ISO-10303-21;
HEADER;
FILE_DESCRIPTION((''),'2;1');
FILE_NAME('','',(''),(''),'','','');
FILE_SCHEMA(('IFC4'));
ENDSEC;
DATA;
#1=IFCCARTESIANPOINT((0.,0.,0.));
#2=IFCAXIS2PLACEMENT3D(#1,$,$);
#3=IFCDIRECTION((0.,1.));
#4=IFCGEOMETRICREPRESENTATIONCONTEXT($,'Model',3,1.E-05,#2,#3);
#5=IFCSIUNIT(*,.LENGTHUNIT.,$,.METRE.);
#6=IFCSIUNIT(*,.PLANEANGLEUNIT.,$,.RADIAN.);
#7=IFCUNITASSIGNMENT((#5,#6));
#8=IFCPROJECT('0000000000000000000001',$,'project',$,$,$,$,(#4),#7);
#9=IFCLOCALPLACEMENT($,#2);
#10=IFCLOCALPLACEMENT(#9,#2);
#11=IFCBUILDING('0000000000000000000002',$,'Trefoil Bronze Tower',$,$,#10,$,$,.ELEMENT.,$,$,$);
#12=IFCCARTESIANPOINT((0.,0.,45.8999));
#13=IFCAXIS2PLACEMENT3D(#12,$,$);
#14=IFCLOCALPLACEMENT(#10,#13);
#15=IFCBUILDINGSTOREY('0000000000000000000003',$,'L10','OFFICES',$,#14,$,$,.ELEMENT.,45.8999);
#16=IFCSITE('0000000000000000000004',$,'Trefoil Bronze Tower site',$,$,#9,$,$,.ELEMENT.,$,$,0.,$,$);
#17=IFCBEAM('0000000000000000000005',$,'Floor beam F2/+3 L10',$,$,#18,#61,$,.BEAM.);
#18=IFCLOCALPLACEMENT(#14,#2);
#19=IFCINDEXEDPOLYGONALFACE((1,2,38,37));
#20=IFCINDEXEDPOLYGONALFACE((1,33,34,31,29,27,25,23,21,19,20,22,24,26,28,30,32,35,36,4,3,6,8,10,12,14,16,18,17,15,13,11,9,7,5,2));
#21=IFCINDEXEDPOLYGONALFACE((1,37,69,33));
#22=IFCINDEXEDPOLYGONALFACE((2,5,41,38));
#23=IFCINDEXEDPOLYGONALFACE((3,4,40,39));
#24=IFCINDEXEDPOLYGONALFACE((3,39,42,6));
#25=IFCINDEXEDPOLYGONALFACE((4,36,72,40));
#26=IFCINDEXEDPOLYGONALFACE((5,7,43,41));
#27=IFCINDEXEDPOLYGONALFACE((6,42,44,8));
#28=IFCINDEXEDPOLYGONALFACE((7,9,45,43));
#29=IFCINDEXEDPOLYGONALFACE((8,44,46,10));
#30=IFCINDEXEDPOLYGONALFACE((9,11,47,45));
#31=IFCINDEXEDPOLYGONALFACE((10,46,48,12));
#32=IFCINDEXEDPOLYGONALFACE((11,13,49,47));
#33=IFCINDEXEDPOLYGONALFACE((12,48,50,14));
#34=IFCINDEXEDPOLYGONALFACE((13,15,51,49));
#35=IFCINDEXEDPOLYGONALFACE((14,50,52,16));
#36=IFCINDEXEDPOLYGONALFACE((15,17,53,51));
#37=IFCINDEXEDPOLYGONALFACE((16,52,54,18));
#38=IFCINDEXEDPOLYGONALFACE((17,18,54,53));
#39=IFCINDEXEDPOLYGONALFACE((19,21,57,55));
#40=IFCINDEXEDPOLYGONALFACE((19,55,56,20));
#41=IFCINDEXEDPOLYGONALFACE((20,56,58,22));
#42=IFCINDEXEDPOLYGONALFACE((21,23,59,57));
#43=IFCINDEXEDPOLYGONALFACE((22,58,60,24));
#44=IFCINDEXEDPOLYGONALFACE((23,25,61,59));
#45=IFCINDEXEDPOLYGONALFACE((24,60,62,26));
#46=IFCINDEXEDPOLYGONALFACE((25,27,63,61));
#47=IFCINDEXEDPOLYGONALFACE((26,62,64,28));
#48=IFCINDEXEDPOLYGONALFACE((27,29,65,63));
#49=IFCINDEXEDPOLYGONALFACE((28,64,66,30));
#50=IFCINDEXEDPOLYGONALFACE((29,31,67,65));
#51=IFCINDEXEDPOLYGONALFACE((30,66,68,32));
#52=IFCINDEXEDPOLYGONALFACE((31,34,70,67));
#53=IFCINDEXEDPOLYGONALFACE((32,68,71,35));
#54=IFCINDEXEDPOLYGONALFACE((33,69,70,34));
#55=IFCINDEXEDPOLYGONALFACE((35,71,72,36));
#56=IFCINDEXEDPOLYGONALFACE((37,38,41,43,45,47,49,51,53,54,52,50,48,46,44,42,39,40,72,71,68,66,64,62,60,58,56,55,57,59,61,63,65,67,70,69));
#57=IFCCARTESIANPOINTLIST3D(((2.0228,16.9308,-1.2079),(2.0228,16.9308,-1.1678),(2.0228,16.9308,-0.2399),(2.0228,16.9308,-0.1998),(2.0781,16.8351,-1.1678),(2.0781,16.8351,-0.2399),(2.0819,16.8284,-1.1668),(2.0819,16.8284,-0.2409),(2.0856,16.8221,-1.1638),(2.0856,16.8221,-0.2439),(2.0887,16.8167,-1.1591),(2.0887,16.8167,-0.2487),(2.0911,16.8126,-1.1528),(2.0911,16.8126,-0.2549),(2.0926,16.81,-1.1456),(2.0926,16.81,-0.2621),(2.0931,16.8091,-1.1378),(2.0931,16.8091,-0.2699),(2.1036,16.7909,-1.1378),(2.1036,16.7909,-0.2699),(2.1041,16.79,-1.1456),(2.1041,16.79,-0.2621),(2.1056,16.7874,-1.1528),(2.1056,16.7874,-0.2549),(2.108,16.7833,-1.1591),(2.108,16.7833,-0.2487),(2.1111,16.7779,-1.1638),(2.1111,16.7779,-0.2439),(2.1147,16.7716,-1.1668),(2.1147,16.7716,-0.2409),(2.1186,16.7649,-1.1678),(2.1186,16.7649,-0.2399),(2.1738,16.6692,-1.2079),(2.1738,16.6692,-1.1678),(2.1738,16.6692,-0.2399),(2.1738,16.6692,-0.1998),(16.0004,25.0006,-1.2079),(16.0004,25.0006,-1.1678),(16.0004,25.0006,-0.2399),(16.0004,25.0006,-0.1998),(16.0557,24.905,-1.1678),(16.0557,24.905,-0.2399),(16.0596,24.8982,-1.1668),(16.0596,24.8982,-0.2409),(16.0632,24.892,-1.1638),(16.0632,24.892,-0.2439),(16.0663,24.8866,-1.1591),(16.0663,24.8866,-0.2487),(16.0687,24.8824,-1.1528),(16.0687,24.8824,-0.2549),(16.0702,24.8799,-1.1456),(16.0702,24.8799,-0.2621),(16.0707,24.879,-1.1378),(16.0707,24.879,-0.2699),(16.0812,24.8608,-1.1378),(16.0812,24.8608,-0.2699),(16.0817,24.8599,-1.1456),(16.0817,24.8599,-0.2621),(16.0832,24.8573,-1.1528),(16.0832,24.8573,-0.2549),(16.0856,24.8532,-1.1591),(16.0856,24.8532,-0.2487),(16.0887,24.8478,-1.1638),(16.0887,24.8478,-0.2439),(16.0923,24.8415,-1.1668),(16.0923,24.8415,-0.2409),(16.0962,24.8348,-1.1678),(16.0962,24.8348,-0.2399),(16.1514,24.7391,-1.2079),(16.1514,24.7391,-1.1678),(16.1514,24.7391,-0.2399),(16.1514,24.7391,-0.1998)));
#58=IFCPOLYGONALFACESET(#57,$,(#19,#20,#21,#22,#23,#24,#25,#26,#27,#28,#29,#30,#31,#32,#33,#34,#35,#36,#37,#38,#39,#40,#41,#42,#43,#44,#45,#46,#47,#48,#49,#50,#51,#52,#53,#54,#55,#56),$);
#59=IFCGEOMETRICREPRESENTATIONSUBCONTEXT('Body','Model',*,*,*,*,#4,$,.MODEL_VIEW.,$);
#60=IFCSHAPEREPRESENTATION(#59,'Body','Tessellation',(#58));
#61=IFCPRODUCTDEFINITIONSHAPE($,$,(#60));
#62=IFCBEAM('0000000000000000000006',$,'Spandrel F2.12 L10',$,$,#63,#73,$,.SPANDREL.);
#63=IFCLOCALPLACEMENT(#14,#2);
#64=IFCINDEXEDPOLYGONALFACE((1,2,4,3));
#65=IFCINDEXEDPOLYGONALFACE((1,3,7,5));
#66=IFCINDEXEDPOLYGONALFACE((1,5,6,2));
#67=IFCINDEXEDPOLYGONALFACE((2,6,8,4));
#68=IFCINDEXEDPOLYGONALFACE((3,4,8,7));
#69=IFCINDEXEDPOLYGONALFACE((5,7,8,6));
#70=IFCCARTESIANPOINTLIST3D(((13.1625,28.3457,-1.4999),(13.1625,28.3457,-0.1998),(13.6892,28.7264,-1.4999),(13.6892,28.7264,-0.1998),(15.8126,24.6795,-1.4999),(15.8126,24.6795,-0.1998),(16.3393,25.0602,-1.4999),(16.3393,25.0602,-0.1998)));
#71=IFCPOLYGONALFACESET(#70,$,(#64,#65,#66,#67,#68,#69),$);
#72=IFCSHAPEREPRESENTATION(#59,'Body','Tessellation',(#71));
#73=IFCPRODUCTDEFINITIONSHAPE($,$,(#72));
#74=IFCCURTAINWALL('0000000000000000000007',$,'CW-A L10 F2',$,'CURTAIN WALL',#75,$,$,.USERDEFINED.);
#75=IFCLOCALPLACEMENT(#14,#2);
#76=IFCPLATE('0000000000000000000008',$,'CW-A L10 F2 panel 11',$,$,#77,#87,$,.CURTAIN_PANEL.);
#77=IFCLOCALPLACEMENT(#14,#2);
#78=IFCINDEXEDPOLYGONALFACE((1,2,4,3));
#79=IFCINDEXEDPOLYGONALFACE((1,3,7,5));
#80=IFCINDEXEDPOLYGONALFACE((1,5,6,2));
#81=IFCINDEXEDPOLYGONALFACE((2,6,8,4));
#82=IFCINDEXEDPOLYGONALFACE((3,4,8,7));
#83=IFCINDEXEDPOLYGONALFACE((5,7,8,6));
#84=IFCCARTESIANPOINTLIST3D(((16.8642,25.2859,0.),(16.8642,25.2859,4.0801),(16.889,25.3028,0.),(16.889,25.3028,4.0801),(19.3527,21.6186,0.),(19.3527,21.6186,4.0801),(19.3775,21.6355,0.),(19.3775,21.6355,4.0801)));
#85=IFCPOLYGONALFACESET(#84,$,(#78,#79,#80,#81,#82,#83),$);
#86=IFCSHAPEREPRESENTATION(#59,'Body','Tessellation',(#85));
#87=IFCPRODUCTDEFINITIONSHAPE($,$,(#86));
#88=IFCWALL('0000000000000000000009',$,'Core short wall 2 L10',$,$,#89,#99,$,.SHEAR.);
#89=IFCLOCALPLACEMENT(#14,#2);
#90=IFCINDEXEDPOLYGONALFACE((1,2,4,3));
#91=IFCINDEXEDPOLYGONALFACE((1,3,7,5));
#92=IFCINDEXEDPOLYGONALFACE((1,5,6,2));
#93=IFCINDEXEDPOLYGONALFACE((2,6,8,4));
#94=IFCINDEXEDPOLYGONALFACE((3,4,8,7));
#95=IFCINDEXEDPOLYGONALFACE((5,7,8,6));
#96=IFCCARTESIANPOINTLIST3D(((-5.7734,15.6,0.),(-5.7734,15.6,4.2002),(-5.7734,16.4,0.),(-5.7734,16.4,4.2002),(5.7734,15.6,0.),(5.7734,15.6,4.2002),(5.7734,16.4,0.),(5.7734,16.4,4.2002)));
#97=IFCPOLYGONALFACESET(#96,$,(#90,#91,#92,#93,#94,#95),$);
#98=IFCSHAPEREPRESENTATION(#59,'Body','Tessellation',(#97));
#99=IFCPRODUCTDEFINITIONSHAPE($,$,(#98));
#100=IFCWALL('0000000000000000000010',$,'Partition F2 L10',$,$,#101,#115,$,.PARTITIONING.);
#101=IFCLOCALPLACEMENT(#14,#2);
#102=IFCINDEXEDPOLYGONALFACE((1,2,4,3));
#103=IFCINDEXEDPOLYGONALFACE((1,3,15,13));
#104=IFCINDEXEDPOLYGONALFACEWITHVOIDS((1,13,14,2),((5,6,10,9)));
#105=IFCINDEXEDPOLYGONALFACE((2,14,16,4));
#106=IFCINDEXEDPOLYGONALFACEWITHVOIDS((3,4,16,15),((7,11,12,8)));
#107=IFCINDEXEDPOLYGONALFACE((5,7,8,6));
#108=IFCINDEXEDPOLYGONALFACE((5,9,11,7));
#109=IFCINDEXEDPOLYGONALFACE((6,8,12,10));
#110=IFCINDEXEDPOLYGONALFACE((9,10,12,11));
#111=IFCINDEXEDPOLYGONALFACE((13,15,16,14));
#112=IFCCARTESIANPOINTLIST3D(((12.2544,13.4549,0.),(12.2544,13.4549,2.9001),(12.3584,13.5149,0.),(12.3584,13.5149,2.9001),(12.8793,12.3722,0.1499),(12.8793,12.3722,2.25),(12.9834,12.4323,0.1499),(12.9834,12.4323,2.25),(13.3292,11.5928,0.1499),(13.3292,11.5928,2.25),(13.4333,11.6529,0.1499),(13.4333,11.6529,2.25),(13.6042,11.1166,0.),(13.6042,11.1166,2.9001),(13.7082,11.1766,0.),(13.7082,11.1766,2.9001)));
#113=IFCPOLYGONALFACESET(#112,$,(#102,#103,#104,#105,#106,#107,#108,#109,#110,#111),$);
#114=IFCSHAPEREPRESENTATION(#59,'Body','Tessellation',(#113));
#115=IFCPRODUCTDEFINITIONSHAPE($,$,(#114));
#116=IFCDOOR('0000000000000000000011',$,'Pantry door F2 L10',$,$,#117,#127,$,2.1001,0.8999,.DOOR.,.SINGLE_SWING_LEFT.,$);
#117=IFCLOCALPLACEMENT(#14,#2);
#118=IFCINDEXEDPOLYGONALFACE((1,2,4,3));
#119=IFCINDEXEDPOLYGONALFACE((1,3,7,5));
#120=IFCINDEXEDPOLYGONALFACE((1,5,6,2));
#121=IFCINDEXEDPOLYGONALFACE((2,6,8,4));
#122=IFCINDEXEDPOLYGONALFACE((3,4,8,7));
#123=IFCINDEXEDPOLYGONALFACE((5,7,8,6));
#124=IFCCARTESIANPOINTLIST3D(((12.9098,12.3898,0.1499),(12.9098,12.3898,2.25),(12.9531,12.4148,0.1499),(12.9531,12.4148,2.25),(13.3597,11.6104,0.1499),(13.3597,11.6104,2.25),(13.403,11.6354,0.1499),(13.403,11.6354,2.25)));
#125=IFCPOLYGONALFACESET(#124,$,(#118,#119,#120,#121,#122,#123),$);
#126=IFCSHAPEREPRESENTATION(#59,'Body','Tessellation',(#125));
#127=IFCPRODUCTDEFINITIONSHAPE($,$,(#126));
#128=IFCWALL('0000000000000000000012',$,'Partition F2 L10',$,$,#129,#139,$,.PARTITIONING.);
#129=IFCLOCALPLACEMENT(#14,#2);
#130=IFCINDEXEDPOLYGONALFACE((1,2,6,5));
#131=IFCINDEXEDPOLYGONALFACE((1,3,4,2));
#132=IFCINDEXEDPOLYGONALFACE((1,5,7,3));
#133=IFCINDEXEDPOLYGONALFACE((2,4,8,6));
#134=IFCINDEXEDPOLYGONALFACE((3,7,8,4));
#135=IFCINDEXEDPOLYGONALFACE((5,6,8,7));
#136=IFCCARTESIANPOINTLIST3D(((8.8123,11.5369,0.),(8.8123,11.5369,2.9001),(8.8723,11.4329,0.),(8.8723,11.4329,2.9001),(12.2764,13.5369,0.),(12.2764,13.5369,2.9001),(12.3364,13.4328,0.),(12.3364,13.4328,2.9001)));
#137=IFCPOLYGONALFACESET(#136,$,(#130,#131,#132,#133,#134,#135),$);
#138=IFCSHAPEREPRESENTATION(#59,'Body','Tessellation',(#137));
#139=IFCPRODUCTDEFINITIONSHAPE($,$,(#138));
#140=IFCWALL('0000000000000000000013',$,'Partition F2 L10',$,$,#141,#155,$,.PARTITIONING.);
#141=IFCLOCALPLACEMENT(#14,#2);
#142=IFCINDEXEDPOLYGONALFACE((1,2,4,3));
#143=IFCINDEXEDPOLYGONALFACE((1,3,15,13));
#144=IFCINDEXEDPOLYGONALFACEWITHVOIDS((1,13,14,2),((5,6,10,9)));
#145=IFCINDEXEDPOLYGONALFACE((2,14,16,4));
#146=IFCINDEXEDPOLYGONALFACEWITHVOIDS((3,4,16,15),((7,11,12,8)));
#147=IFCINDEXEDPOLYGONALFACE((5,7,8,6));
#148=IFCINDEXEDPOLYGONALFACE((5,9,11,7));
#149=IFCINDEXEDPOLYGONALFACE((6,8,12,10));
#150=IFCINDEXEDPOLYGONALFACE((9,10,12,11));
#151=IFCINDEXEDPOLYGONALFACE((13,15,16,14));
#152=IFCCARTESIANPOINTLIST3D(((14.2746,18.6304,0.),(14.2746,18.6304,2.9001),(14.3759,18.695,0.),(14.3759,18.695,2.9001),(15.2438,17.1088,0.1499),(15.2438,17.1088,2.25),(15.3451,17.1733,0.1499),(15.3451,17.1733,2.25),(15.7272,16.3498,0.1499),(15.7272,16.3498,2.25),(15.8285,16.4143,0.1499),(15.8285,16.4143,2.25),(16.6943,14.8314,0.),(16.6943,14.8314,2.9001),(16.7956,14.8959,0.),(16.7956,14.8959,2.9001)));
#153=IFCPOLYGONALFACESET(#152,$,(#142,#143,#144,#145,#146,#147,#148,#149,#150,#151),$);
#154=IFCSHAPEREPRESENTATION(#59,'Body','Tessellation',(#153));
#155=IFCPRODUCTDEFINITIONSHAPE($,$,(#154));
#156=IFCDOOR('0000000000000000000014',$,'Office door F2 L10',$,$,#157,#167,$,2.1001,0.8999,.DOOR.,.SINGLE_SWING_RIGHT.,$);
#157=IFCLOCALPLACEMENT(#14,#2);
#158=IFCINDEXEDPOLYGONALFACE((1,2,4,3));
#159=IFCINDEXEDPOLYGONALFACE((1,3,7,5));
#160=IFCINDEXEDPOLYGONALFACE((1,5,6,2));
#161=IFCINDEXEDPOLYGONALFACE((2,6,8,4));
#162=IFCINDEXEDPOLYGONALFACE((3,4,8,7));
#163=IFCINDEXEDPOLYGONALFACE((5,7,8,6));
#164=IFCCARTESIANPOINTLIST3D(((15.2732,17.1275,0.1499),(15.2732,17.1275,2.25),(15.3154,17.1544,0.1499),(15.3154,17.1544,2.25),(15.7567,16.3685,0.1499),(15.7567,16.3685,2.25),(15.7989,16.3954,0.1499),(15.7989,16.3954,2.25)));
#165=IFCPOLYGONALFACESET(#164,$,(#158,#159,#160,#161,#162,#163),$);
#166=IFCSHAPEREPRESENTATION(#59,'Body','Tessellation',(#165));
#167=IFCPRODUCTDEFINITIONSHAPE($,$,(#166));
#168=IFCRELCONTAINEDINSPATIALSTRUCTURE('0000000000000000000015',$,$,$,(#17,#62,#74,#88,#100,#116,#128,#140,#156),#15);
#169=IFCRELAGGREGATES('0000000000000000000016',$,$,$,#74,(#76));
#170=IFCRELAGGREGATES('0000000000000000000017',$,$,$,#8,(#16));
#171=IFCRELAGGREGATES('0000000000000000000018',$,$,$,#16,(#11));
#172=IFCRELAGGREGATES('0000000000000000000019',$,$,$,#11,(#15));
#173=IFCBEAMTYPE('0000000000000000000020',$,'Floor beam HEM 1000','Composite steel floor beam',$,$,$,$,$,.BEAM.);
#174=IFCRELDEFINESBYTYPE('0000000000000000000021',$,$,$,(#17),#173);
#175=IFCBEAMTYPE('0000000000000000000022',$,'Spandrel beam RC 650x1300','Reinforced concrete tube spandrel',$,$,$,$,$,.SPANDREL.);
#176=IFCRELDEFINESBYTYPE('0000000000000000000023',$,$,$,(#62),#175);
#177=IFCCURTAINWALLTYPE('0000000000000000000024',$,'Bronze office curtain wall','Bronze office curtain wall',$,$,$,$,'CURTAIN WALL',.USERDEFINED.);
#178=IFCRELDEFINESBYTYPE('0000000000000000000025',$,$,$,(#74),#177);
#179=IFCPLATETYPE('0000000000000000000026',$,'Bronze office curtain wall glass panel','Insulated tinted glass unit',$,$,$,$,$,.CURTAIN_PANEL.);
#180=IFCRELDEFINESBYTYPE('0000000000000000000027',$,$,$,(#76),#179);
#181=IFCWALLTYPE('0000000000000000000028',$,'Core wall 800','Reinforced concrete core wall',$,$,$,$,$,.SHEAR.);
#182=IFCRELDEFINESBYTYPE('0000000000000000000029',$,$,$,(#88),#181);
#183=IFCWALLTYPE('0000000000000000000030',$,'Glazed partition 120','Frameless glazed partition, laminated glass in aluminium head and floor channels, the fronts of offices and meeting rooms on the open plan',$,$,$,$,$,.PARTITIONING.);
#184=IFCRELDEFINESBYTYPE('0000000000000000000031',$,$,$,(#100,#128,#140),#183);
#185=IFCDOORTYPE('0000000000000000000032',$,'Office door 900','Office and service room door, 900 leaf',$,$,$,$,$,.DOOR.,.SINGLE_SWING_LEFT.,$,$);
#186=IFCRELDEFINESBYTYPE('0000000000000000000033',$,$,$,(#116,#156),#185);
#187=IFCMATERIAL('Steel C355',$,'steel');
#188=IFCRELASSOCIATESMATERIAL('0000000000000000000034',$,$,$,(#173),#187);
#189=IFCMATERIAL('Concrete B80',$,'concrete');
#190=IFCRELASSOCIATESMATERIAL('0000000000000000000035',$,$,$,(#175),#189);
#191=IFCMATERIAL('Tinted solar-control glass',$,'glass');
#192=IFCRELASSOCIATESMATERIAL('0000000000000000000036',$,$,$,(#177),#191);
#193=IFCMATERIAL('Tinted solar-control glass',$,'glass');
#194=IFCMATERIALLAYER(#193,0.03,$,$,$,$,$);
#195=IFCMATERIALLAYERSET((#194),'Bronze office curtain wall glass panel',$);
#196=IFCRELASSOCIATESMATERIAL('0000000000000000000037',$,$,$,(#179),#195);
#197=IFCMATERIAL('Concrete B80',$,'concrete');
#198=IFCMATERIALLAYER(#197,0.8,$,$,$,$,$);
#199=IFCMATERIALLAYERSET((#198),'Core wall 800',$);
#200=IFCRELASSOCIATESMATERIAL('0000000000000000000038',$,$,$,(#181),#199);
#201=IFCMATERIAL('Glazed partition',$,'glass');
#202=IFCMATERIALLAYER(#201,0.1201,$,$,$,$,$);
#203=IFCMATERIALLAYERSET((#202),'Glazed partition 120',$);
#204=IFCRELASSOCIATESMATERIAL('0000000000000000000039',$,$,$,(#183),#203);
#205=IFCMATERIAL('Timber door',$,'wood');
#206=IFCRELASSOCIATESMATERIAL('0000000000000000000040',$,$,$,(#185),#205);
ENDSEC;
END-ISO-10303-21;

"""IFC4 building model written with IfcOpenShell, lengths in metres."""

from ifc_helpers import new_model, si_unit, direction, frame, frame_2d, origin, origin_2d, place, context, subcontext, project, spatial, rectangle, i_section, extrude, material, layer, layer_set, material_profile, profile_set, type_object, element, fill, aggregate, save


model = new_model("IFC4")

# Units and contexts
model_context = context("Model", 3, precision=1e-05, world=origin(), true_north=direction((0.0, 1.0)))
body_context = subcontext(model_context, "Body", "Model", "MODEL_VIEW")
ifc_project = project(units=[si_unit("LENGTHUNIT", "METRE"), si_unit("PLANEANGLEUNIT", "RADIAN")], contexts=[model_context])

# Site, building, storey
site_placement = place(None, origin())
site = spatial("IfcSite", under=ifc_project, at=site_placement, Name="Trefoil Bronze Tower site", CompositionType="ELEMENT", RefElevation=0.0)
building_placement = place(site_placement, origin())
building = spatial("IfcBuilding", under=site, at=building_placement, Name="Trefoil Bronze Tower", CompositionType="ELEMENT")
storey_placement = place(building_placement, frame((0.0, 0.0, 45.8999)))
storey = spatial("IfcBuildingStorey", under=building, at=storey_placement, Name="L10", Description="OFFICES", CompositionType="ELEMENT", Elevation=45.8999)

# Beams
ifc_material_1 = material(Name="Steel C355", Category="steel")
ifc_material_profile_1 = material_profile(ifc_material_1, i_section(OverallWidth=0.302, OverallDepth=1.0081, WebThickness=0.021, FlangeThickness=0.04, FilletRadius=0.03, at=origin_2d()), Name="HEM 1000")
ifc_profile_set_1 = profile_set([ifc_material_profile_1], Name="Steel C355")
beam_type_1 = type_object("IfcBeamType", Name="Floor beam HEM 1000", Description="Composite steel floor beam", PredefinedType="BEAM", material=ifc_profile_set_1)
beam_1_placement = place(storey_placement, frame((16.0759, 24.8699, -0.7039), z_axis=(-0.866028, -0.499995, 0.0), x_axis=(0.499995, -0.866028, 0.0)))
element("IfcBeam", 1, at=beam_1_placement, inside=storey, type_object=beam_type_1, Name="Floor beam F2/+3 L10", PredefinedType="BEAM", context=body_context, shape_type="SweptSolid", body=[
    extrude(i_section(OverallWidth=0.302, OverallDepth=1.0081, WebThickness=0.021, FlangeThickness=0.04, FilletRadius=0.03, at=origin_2d()), origin(), (0.0, 0.0, 1.0), 16.1399),
])
ifc_material_2 = material(Name="Concrete B80", Category="concrete")
ifc_material_profile_2 = material_profile(ifc_material_2, rectangle(XDim=0.6499, YDim=1.3, at=origin_2d()), Name="RC 650x1300")
ifc_profile_set_2 = profile_set([ifc_material_profile_2], Name="Concrete B80")
beam_type_2 = type_object("IfcBeamType", Name="Spandrel beam RC 650x1300", Description="Reinforced concrete tube spandrel", PredefinedType="SPANDREL", material=ifc_profile_set_2)
beam_2_placement = place(storey_placement, frame((16.0759, 24.8699, -0.8499), z_axis=(-0.585824, 0.810439, 0.0), x_axis=(-0.810439, -0.585824, 0.0)))
element("IfcBeam", 2, at=beam_2_placement, inside=storey, type_object=beam_type_2, Name="Spandrel F2.12 L10", PredefinedType="SPANDREL", context=body_context, shape_type="SweptSolid", body=[
    extrude(rectangle(XDim=0.6499, YDim=1.3, at=origin_2d()), origin(), (0.0, 0.0, 1.0), 4.5237),
])

# Curtain wall, plate
ifc_material_3 = material(Name="Tinted solar-control glass", Category="glass")
curtain_wall_type = type_object("IfcCurtainWallType", Name="Bronze office curtain wall", Description="Bronze office curtain wall", ElementType="CURTAIN WALL", PredefinedType="USERDEFINED", material=ifc_material_3)
curtain_wall_placement = place(storey_placement, origin())
curtain_wall = element("IfcCurtainWall", 3, at=curtain_wall_placement, inside=storey, type_object=curtain_wall_type, Name="CW-A L10 F2", ObjectType="CURTAIN WALL", PredefinedType="USERDEFINED")
ifc_material_4 = material(Name="Tinted solar-control glass", Category="glass")
ifc_layer_1 = layer(ifc_material_4, 0.03)
ifc_layer_set_1 = layer_set([ifc_layer_1], Name="Bronze office curtain wall glass panel")
plate_type = type_object("IfcPlateType", Name="Bronze office curtain wall glass panel", Description="Insulated tinted glass unit", PredefinedType="CURTAIN_PANEL", material=ifc_layer_set_1)
plate_placement = place(storey_placement, frame((18.1208, 23.4607, 0.0), z_axis=(0.0, 0.0, 1.0), x_axis=(-0.56151, 0.82747, 0.0)))
plate = element("IfcPlate", 4, at=plate_placement, type_object=plate_type, Name="CW-A L10 F2 panel 11", PredefinedType="CURTAIN_PANEL", context=body_context, shape_type="SweptSolid", body=[
    extrude(rectangle(XDim=4.4319, YDim=0.03, at=origin_2d()), origin(), (0.0, 0.0, 1.0), 4.0801),
])
aggregate(curtain_wall, [plate])

# Wall
ifc_material_5 = material(Name="Concrete B80", Category="concrete")
ifc_layer_2 = layer(ifc_material_5, 0.8)
ifc_layer_set_2 = layer_set([ifc_layer_2], Name="Core wall 800")
wall_type_1 = type_object("IfcWallType", Name="Core wall 800", Description="Reinforced concrete core wall", PredefinedType="SHEAR", material=ifc_layer_set_2)
wall_1_placement = place(storey_placement, frame((5.7734, 16.0, 0.0), z_axis=(0.0, 0.0, 1.0), x_axis=(-1.0, 0.0, 0.0)))
element("IfcWall", 5, at=wall_1_placement, inside=storey, type_object=wall_type_1, Name="Core short wall 2 L10", PredefinedType="SHEAR", context=body_context, shape_type="SweptSolid", body=[
    extrude(rectangle(XDim=11.5469, YDim=0.8, at=frame_2d((5.7734, 0.0))), origin(), (0.0, 0.0, 1.0), 4.2002),
])

# Wall, opening, door
ifc_material_6 = material(Name="Glazed partition", Category="glass")
ifc_layer_3 = layer(ifc_material_6, 0.1201)
ifc_layer_set_3 = layer_set([ifc_layer_3], Name="Glazed partition 120")
wall_type_2 = type_object("IfcWallType", Name="Glazed partition 120", Description="Frameless glazed partition, laminated glass in aluminium head and floor channels, the fronts of offices and meeting rooms on the open plan", PredefinedType="PARTITIONING", material=ifc_layer_set_3)
wall_2_placement = place(storey_placement, frame((13.6562, 11.1465, 0.0), z_axis=(0.0, 0.0, 1.0), x_axis=(-0.499942, 0.866059, 0.0)))
wall_2 = element("IfcWall", 6, at=wall_2_placement, inside=storey, type_object=wall_type_2, Name="Partition F2 L10", PredefinedType="PARTITIONING", context=body_context, shape_type="SweptSolid", body=[
    extrude(rectangle(XDim=2.7, YDim=0.1201, at=frame_2d((1.3501, 0.0))), origin(), (0.0, 0.0, 1.0), 2.9001),
])
opening_1_placement = place(wall_2_placement, frame((0.55, 0.0, 0.1499)))
opening_1 = element("IfcOpeningElement", 7, at=opening_1_placement, cuts=wall_2, PredefinedType="OPENING", context=body_context, shape_type="SweptSolid", body=[
    extrude(rectangle(XDim=0.8999, YDim=2.1001, at=frame_2d((0.45, 1.05))), frame((0.0, 0.0701, 0.0), z_axis=(0.0, -1.0, 0.0), x_axis=(1.0, 0.0, 0.0)), (0.0, 0.0, 1.0), 0.1401),
])
ifc_material_7 = material(Name="Timber door", Category="wood")
door_type = type_object("IfcDoorType", Name="Office door 900", Description="Office and service room door, 900 leaf", OperationType="SINGLE_SWING_LEFT", PredefinedType="DOOR", material=ifc_material_7)
door_1_placement = place(opening_1_placement, origin())
door_1 = element("IfcDoor", 8, at=door_1_placement, inside=storey, type_object=door_type, Name="Pantry door F2 L10", OperationType="SINGLE_SWING_LEFT", OverallHeight=2.1001, OverallWidth=0.8999, PredefinedType="DOOR", context=body_context, shape_type="SweptSolid", body=[
    extrude(rectangle(XDim=0.8999, YDim=2.1001, at=frame_2d((0.45, 1.05))), frame((0.0, 0.0249, 0.0), z_axis=(0.0, -1.0, 0.0), x_axis=(1.0, 0.0, 0.0)), (0.0, 0.0, 1.0), 0.05),
])
fill(opening_1, door_1)

# Wall
wall_3_placement = place(storey_placement, frame((8.8423, 11.4849, 0.0), z_axis=(0.0, 0.0, 1.0), x_axis=(0.866026, 0.499999, 0.0)))
element("IfcWall", 9, at=wall_3_placement, inside=storey, type_object=wall_type_2, Name="Partition F2 L10", PredefinedType="PARTITIONING", context=body_context, shape_type="SweptSolid", body=[
    extrude(rectangle(XDim=4.0, YDim=0.1201, at=frame_2d((2.0, 0.0))), origin(), (0.0, 0.0, 1.0), 2.9001),
])

# Wall, opening, door
wall_4_placement = place(storey_placement, frame((16.7449, 14.8638, 0.0), z_axis=(0.0, 0.0, 1.0), x_axis=(-0.537205, 0.843452, 0.0)))
wall_4 = element("IfcWall", 10, at=wall_4_placement, inside=storey, type_object=wall_type_2, Name="Partition F2 L10", PredefinedType="PARTITIONING", context=body_context, shape_type="SweptSolid", body=[
    extrude(rectangle(XDim=4.5042, YDim=0.1201, at=frame_2d((2.252, 0.0))), origin(), (0.0, 0.0, 1.0), 2.9001),
])
opening_2_placement = place(wall_4_placement, frame((1.8, 0.0, 0.1499)))
opening_2 = element("IfcOpeningElement", 11, at=opening_2_placement, cuts=wall_4, PredefinedType="OPENING", context=body_context, shape_type="SweptSolid", body=[
    extrude(rectangle(XDim=0.8999, YDim=2.1001, at=frame_2d((0.45, 1.05))), frame((0.0, 0.0701, 0.0), z_axis=(0.0, -1.0, 0.0), x_axis=(1.0, 0.0, 0.0)), (0.0, 0.0, 1.0), 0.1401),
])
door_2_placement = place(opening_2_placement, frame((0.8999, 0.0, 0.0), z_axis=(0.0, 0.0, 1.0), x_axis=(-1.0, 0.0, 0.0)))
door_2 = element("IfcDoor", 12, at=door_2_placement, inside=storey, type_object=door_type, Name="Office door F2 L10", OperationType="SINGLE_SWING_RIGHT", OverallHeight=2.1001, OverallWidth=0.8999, PredefinedType="DOOR", context=body_context, shape_type="SweptSolid", body=[
    extrude(rectangle(XDim=0.8999, YDim=2.1001, at=frame_2d((0.45, 1.05))), frame((0.0, 0.0249, 0.0), z_axis=(0.0, -1.0, 0.0), x_axis=(1.0, 0.0, 0.0)), (0.0, 0.0, 1.0), 0.05),
])
fill(opening_2, door_2)

save(model, "model.ifc")
